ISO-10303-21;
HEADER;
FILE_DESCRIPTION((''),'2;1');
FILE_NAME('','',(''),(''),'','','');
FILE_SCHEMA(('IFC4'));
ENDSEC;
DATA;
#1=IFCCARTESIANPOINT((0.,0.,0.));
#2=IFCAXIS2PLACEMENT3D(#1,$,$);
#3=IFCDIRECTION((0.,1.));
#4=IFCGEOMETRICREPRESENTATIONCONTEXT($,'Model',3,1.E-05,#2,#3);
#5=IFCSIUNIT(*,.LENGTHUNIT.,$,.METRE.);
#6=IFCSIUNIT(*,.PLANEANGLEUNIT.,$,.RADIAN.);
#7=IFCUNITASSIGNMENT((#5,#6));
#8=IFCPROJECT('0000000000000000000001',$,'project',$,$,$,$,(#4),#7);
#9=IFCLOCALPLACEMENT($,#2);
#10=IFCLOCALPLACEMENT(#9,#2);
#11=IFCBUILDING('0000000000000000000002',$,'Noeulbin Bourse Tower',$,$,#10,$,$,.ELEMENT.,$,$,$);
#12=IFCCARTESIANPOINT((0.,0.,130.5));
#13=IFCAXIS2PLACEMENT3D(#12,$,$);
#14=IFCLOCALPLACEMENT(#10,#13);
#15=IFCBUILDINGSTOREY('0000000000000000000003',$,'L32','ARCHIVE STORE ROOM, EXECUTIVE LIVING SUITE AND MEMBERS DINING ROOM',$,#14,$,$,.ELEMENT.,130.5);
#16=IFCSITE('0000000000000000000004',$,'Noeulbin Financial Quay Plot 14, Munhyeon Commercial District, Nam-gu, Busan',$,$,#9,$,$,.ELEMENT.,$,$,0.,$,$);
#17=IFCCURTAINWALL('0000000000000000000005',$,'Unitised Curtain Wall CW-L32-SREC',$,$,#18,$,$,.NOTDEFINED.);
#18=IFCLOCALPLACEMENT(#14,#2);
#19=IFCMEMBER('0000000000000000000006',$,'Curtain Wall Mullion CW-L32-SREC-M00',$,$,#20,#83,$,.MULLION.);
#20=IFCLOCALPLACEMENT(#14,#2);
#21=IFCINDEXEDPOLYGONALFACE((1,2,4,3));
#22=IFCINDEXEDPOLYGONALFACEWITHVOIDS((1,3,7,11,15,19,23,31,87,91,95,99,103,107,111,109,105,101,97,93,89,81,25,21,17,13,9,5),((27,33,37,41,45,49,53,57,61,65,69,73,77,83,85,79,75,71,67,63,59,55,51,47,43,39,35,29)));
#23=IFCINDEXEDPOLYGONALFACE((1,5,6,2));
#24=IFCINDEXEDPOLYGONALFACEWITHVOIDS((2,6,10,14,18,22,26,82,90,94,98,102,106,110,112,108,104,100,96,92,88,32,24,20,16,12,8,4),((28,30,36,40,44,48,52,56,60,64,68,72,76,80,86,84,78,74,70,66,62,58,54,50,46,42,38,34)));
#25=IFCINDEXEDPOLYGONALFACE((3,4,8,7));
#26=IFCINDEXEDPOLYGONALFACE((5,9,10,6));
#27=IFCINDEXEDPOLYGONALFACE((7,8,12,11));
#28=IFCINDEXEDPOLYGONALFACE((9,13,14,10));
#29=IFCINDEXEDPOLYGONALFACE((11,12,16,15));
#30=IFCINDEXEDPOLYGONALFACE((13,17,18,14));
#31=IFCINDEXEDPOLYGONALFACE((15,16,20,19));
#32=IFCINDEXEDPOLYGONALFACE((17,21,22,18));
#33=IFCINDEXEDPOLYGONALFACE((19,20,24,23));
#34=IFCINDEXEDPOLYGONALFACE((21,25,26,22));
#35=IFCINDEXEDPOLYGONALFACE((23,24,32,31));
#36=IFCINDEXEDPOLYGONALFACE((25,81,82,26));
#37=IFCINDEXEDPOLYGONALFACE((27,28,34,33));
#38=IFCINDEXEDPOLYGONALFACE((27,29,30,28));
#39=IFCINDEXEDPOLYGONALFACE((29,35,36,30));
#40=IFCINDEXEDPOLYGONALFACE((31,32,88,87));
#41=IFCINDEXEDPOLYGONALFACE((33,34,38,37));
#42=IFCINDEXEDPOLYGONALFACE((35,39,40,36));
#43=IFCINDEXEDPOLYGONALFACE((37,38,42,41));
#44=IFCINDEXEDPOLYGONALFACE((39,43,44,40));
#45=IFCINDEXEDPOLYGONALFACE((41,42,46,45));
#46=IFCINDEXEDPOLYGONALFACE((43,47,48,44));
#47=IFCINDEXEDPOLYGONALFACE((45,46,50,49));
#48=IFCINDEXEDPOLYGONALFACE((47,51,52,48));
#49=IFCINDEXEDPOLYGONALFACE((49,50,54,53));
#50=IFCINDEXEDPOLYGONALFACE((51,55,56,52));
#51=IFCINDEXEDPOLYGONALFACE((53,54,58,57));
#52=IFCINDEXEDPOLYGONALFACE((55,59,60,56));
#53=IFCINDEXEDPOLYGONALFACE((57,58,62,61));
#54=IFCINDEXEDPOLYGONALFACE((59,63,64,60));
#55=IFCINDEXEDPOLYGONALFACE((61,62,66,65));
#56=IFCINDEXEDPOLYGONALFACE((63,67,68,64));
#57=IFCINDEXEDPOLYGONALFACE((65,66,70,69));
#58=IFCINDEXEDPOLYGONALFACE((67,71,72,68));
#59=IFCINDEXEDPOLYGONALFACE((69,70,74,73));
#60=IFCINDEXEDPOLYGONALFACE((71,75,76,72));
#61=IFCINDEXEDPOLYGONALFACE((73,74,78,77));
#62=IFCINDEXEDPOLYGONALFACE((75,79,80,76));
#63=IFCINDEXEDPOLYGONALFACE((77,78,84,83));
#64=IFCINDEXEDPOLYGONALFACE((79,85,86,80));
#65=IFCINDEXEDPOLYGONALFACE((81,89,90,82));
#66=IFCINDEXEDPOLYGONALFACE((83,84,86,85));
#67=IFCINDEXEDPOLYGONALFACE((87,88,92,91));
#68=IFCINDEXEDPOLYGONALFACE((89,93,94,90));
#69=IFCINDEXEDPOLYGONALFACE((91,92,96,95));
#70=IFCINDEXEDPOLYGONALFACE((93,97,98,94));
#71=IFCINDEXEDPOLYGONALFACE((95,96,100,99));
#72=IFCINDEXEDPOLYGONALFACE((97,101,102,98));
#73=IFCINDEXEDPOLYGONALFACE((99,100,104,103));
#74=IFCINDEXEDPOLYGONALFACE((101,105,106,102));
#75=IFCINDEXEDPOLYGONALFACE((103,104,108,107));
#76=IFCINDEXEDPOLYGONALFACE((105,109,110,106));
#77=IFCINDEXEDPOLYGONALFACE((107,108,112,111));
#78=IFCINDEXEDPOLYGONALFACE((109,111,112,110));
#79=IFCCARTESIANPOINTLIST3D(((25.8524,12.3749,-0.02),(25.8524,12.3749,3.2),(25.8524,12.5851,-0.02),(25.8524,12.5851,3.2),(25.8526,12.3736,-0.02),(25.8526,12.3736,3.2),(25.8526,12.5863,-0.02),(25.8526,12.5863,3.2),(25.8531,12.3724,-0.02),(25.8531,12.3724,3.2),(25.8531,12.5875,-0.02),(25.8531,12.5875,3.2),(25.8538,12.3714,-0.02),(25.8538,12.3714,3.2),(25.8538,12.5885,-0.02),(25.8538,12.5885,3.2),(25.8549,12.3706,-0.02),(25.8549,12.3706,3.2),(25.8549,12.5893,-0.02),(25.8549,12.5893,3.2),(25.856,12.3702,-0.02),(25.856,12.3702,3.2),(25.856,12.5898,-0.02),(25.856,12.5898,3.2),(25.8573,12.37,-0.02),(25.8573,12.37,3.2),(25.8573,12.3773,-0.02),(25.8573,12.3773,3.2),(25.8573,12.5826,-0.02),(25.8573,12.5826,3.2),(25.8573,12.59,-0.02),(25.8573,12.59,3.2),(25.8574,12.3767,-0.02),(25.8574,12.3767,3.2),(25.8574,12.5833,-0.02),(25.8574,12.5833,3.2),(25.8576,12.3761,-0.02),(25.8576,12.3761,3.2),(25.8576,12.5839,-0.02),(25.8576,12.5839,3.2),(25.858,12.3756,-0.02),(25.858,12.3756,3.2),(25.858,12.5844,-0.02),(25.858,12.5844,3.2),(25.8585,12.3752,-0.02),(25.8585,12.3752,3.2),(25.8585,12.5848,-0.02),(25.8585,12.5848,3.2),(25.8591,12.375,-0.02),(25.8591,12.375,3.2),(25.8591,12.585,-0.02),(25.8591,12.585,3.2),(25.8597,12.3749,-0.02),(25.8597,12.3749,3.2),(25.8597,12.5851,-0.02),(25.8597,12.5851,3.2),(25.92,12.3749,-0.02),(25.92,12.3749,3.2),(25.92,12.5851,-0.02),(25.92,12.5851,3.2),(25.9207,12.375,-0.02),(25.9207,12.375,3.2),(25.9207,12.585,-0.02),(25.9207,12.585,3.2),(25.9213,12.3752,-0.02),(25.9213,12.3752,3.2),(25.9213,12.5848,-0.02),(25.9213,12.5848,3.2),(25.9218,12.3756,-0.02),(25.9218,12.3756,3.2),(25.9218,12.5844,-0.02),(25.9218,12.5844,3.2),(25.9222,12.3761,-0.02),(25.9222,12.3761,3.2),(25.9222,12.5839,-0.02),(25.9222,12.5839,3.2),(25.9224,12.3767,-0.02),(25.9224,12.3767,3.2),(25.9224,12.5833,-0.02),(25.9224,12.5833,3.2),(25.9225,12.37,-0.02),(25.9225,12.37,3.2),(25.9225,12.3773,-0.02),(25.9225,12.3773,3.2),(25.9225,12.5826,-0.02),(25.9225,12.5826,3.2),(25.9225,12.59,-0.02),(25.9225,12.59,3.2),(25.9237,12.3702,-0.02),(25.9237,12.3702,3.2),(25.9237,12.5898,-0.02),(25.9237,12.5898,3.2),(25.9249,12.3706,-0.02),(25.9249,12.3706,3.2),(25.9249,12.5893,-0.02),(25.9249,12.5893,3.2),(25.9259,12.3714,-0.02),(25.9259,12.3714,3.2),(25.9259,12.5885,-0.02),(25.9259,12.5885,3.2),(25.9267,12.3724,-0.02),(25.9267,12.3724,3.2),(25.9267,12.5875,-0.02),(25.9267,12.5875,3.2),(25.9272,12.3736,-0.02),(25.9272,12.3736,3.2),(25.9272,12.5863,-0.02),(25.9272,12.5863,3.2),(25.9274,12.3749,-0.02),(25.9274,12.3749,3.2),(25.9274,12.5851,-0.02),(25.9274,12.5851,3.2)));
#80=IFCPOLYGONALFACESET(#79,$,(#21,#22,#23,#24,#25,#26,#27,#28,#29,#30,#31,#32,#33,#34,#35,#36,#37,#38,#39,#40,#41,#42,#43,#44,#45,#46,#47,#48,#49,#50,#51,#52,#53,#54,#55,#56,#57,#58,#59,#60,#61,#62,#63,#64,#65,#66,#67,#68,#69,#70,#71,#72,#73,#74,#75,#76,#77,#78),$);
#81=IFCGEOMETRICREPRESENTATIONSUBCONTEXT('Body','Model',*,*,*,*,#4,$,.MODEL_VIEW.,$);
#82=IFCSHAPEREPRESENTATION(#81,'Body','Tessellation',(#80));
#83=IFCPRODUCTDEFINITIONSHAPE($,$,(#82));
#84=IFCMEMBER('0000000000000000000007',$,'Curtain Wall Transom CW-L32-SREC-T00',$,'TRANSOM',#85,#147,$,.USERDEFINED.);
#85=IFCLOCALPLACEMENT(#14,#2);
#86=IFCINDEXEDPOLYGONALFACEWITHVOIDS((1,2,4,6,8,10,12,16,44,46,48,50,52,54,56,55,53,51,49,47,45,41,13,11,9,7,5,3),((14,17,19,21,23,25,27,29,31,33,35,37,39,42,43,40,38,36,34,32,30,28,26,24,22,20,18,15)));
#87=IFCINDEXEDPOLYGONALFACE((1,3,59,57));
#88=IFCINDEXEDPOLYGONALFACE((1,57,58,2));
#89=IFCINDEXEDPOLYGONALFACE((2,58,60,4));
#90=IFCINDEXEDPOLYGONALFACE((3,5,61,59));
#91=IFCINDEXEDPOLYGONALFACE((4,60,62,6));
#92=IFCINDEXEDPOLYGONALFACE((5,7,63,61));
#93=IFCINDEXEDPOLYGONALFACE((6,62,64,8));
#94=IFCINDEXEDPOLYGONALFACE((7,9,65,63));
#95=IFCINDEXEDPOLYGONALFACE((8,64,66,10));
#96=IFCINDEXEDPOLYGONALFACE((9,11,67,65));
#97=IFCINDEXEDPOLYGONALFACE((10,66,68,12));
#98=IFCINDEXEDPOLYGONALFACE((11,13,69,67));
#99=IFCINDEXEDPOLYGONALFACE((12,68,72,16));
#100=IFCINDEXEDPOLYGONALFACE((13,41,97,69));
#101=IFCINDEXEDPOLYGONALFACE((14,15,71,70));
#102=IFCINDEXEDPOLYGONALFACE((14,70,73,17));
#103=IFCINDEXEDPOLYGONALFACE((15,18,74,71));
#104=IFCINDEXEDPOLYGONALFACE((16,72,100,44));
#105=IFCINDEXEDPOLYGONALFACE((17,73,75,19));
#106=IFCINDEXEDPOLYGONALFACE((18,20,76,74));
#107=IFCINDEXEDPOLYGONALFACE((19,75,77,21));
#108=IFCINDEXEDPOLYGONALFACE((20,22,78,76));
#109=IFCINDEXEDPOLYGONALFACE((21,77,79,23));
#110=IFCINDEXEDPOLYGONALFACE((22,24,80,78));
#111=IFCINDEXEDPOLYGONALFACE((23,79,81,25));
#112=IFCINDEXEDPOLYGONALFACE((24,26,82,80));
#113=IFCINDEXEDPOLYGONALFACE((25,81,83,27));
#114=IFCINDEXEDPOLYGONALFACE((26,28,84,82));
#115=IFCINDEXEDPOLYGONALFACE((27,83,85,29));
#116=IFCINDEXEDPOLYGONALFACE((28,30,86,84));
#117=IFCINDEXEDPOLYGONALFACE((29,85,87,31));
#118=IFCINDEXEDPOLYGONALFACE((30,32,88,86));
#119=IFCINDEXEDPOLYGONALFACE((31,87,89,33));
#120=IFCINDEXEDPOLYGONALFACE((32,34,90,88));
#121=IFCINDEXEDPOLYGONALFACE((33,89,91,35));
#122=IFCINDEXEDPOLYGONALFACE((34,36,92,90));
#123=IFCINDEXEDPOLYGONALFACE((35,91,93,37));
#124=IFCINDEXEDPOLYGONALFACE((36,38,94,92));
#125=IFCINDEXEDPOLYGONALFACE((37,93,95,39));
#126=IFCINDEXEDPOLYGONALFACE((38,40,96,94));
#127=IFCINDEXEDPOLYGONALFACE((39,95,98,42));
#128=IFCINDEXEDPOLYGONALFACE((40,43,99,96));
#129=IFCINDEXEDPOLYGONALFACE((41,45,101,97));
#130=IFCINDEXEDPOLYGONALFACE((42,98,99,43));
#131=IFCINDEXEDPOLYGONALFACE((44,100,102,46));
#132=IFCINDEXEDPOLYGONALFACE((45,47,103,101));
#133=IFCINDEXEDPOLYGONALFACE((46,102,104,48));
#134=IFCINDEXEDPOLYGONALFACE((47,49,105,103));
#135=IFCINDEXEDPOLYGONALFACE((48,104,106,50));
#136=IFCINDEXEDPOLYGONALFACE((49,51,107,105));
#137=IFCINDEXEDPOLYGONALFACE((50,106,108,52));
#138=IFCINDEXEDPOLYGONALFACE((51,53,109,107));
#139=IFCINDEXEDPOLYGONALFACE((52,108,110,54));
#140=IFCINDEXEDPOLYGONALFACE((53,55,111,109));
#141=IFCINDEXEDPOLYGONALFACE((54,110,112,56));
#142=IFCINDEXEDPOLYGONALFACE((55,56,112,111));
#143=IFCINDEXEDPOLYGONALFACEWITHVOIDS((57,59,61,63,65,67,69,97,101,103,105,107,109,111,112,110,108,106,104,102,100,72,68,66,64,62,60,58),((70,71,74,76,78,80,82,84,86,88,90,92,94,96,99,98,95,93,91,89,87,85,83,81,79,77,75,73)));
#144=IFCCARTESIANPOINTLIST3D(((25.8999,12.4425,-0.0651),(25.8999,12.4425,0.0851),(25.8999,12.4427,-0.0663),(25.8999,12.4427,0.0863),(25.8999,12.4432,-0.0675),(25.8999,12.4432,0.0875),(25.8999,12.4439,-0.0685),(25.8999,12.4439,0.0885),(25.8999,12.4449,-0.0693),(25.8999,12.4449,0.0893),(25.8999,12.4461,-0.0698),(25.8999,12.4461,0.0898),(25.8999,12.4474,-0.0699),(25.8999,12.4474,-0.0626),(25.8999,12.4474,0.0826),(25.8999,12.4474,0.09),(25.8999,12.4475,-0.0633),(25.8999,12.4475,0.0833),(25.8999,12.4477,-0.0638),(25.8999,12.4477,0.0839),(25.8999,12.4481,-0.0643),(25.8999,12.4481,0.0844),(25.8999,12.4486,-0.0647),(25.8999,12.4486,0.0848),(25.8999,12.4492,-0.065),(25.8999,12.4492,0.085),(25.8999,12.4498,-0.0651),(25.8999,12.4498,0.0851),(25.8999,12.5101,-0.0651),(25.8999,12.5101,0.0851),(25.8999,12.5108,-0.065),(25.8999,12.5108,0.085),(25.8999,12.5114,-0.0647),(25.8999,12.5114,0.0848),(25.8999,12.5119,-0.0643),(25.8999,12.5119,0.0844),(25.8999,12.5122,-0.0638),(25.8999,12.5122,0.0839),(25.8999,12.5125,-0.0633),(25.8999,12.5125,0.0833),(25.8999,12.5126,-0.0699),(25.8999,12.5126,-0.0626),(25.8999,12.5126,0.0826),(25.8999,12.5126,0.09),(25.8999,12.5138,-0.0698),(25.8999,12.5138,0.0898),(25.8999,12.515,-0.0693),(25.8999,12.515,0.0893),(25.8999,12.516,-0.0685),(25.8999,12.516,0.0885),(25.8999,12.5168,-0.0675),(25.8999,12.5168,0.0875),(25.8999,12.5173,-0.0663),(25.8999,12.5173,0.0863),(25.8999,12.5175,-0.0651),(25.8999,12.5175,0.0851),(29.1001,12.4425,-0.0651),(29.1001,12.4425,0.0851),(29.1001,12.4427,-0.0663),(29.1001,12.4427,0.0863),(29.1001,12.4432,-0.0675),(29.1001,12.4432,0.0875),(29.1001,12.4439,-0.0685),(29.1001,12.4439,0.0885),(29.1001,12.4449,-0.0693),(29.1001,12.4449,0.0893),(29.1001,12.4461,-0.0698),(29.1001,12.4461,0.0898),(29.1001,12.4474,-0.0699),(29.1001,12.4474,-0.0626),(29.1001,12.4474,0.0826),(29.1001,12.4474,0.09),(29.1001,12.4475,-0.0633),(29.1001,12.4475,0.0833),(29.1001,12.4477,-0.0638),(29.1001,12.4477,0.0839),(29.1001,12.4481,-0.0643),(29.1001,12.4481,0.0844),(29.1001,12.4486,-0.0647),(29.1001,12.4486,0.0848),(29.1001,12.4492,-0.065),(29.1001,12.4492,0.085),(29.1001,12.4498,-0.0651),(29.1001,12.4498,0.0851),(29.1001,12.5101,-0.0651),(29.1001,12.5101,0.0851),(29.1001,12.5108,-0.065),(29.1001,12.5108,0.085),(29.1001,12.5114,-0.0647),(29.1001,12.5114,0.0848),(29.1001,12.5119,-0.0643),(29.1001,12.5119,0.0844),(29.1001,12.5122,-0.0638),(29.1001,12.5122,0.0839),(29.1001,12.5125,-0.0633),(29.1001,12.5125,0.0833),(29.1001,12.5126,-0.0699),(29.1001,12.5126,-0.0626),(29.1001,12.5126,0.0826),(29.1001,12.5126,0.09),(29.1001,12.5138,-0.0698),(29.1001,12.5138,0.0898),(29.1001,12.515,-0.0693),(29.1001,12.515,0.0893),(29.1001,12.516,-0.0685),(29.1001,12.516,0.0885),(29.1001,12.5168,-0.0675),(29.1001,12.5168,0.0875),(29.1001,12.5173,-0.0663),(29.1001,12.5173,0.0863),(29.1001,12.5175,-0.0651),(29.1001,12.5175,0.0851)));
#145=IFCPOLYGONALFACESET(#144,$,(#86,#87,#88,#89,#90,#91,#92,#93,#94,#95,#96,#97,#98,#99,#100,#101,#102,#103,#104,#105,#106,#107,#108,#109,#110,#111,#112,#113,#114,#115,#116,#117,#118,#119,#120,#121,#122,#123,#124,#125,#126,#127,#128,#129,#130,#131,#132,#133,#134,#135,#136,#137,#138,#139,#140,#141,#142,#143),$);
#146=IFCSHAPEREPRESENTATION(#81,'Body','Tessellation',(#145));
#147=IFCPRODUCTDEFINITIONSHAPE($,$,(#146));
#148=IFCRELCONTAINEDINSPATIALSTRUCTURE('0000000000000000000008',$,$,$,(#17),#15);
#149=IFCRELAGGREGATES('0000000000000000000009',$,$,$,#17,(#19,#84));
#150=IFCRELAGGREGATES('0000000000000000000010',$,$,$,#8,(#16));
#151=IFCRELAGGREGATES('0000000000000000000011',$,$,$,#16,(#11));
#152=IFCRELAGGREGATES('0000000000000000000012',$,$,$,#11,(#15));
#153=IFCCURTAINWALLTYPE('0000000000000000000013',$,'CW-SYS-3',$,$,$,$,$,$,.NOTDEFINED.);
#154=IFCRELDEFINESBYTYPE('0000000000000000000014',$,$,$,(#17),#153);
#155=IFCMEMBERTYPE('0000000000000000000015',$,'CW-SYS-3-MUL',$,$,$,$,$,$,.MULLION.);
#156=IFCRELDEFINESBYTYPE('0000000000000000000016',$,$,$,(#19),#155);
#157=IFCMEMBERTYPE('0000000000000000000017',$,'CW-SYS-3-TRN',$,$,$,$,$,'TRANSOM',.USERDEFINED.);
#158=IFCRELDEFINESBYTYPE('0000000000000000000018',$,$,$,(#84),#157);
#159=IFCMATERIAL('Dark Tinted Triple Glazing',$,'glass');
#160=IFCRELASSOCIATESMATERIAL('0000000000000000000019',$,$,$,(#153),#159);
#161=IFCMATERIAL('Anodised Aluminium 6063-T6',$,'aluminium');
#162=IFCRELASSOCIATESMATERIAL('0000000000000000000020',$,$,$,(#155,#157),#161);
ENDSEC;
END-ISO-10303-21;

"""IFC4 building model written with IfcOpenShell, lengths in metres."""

from ifc_helpers import new_model, si_unit, direction, frame, origin, origin_2d, place, context, subcontext, project, spatial, hollow_rectangle, extrude, material, material_profile, profile_set, type_object, element, aggregate, save


model = new_model("IFC4")

# Units and contexts
model_context = context("Model", 3, precision=1e-05, world=origin(), true_north=direction((0.0, 1.0)))
body_context = subcontext(model_context, "Body", "Model", "MODEL_VIEW")
ifc_project = project(units=[si_unit("LENGTHUNIT", "METRE"), si_unit("PLANEANGLEUNIT", "RADIAN")], contexts=[model_context])

# Site, building, storey
site_placement = place(None, origin())
site = spatial("IfcSite", under=ifc_project, at=site_placement, Name="Noeulbin Financial Quay Plot 14, Munhyeon Commercial District, Nam-gu, Busan", CompositionType="ELEMENT", RefElevation=0.0)
building_placement = place(site_placement, origin())
building = spatial("IfcBuilding", under=site, at=building_placement, Name="Noeulbin Bourse Tower", CompositionType="ELEMENT")
storey_placement = place(building_placement, frame((0.0, 0.0, 130.5)))
storey = spatial("IfcBuildingStorey", under=building, at=storey_placement, Name="L32", Description="ARCHIVE STORE ROOM, EXECUTIVE LIVING SUITE AND MEMBERS DINING ROOM", CompositionType="ELEMENT", Elevation=130.5)

# Curtain wall, members
ifc_material_1 = material(Name="Dark Tinted Triple Glazing", Category="glass")
curtain_wall_type = type_object("IfcCurtainWallType", Name="CW-SYS-3", PredefinedType="NOTDEFINED", material=ifc_material_1)
curtain_wall_placement = place(storey_placement, origin())
curtain_wall = element("IfcCurtainWall", 1, at=curtain_wall_placement, inside=storey, type_object=curtain_wall_type, Name="Unitised Curtain Wall CW-L32-SREC", PredefinedType="NOTDEFINED")
ifc_material_2 = material(Name="Anodised Aluminium 6063-T6", Category="aluminium")
ifc_material_profile_1 = material_profile(ifc_material_2, hollow_rectangle(XDim=0.075, YDim=0.22, WallThickness=0.0049, InnerFilletRadius=0.0024, OuterFilletRadius=0.0049, at=origin_2d()), Name="ALU-MULL-75x220x5", Category="LoadBearing")
ifc_profile_set_1 = profile_set([ifc_material_profile_1], Name="Anodised Aluminium 6063-T6")
member_type_1 = type_object("IfcMemberType", Name="CW-SYS-3-MUL", PredefinedType="MULLION", material=ifc_profile_set_1)
member_1_placement = place(storey_placement, frame((25.8899, 12.48, -0.02), z_axis=(0.0, 0.0, 1.0), x_axis=(1.0, 0.0, 0.0)))
member_1 = element("IfcMember", 2, at=member_1_placement, type_object=member_type_1, Name="Curtain Wall Mullion CW-L32-SREC-M00", PredefinedType="MULLION", context=body_context, shape_type="SweptSolid", body=[
    extrude(hollow_rectangle(XDim=0.075, YDim=0.22, WallThickness=0.0049, InnerFilletRadius=0.0024, OuterFilletRadius=0.0049, at=origin_2d()), origin(), (0.0, 0.0, 1.0), 3.22),
])
ifc_material_profile_2 = material_profile(ifc_material_2, hollow_rectangle(XDim=0.075, YDim=0.1599, WallThickness=0.0049, InnerFilletRadius=0.0024, OuterFilletRadius=0.0049, at=origin_2d()), Name="ALU-TRAN-75x160x5", Category="LoadBearing")
ifc_profile_set_2 = profile_set([ifc_material_profile_2], Name="Anodised Aluminium 6063-T6")
member_type_2 = type_object("IfcMemberType", Name="CW-SYS-3-TRN", ElementType="TRANSOM", PredefinedType="USERDEFINED", material=ifc_profile_set_2)
member_2_placement = place(storey_placement, frame((25.8999, 12.48, 0.01), z_axis=(1.0, 0.0, 0.0), x_axis=(0.0, 1.0, 0.0)))
member_2 = element("IfcMember", 3, at=member_2_placement, type_object=member_type_2, Name="Curtain Wall Transom CW-L32-SREC-T00", ObjectType="TRANSOM", PredefinedType="USERDEFINED", context=body_context, shape_type="SweptSolid", body=[
    extrude(hollow_rectangle(XDim=0.075, YDim=0.1599, WallThickness=0.0049, InnerFilletRadius=0.0024, OuterFilletRadius=0.0049, at=origin_2d()), origin(), (0.0, 0.0, 1.0), 3.2002),
])
aggregate(curtain_wall, [member_1, member_2])

save(model, "model.ifc")
